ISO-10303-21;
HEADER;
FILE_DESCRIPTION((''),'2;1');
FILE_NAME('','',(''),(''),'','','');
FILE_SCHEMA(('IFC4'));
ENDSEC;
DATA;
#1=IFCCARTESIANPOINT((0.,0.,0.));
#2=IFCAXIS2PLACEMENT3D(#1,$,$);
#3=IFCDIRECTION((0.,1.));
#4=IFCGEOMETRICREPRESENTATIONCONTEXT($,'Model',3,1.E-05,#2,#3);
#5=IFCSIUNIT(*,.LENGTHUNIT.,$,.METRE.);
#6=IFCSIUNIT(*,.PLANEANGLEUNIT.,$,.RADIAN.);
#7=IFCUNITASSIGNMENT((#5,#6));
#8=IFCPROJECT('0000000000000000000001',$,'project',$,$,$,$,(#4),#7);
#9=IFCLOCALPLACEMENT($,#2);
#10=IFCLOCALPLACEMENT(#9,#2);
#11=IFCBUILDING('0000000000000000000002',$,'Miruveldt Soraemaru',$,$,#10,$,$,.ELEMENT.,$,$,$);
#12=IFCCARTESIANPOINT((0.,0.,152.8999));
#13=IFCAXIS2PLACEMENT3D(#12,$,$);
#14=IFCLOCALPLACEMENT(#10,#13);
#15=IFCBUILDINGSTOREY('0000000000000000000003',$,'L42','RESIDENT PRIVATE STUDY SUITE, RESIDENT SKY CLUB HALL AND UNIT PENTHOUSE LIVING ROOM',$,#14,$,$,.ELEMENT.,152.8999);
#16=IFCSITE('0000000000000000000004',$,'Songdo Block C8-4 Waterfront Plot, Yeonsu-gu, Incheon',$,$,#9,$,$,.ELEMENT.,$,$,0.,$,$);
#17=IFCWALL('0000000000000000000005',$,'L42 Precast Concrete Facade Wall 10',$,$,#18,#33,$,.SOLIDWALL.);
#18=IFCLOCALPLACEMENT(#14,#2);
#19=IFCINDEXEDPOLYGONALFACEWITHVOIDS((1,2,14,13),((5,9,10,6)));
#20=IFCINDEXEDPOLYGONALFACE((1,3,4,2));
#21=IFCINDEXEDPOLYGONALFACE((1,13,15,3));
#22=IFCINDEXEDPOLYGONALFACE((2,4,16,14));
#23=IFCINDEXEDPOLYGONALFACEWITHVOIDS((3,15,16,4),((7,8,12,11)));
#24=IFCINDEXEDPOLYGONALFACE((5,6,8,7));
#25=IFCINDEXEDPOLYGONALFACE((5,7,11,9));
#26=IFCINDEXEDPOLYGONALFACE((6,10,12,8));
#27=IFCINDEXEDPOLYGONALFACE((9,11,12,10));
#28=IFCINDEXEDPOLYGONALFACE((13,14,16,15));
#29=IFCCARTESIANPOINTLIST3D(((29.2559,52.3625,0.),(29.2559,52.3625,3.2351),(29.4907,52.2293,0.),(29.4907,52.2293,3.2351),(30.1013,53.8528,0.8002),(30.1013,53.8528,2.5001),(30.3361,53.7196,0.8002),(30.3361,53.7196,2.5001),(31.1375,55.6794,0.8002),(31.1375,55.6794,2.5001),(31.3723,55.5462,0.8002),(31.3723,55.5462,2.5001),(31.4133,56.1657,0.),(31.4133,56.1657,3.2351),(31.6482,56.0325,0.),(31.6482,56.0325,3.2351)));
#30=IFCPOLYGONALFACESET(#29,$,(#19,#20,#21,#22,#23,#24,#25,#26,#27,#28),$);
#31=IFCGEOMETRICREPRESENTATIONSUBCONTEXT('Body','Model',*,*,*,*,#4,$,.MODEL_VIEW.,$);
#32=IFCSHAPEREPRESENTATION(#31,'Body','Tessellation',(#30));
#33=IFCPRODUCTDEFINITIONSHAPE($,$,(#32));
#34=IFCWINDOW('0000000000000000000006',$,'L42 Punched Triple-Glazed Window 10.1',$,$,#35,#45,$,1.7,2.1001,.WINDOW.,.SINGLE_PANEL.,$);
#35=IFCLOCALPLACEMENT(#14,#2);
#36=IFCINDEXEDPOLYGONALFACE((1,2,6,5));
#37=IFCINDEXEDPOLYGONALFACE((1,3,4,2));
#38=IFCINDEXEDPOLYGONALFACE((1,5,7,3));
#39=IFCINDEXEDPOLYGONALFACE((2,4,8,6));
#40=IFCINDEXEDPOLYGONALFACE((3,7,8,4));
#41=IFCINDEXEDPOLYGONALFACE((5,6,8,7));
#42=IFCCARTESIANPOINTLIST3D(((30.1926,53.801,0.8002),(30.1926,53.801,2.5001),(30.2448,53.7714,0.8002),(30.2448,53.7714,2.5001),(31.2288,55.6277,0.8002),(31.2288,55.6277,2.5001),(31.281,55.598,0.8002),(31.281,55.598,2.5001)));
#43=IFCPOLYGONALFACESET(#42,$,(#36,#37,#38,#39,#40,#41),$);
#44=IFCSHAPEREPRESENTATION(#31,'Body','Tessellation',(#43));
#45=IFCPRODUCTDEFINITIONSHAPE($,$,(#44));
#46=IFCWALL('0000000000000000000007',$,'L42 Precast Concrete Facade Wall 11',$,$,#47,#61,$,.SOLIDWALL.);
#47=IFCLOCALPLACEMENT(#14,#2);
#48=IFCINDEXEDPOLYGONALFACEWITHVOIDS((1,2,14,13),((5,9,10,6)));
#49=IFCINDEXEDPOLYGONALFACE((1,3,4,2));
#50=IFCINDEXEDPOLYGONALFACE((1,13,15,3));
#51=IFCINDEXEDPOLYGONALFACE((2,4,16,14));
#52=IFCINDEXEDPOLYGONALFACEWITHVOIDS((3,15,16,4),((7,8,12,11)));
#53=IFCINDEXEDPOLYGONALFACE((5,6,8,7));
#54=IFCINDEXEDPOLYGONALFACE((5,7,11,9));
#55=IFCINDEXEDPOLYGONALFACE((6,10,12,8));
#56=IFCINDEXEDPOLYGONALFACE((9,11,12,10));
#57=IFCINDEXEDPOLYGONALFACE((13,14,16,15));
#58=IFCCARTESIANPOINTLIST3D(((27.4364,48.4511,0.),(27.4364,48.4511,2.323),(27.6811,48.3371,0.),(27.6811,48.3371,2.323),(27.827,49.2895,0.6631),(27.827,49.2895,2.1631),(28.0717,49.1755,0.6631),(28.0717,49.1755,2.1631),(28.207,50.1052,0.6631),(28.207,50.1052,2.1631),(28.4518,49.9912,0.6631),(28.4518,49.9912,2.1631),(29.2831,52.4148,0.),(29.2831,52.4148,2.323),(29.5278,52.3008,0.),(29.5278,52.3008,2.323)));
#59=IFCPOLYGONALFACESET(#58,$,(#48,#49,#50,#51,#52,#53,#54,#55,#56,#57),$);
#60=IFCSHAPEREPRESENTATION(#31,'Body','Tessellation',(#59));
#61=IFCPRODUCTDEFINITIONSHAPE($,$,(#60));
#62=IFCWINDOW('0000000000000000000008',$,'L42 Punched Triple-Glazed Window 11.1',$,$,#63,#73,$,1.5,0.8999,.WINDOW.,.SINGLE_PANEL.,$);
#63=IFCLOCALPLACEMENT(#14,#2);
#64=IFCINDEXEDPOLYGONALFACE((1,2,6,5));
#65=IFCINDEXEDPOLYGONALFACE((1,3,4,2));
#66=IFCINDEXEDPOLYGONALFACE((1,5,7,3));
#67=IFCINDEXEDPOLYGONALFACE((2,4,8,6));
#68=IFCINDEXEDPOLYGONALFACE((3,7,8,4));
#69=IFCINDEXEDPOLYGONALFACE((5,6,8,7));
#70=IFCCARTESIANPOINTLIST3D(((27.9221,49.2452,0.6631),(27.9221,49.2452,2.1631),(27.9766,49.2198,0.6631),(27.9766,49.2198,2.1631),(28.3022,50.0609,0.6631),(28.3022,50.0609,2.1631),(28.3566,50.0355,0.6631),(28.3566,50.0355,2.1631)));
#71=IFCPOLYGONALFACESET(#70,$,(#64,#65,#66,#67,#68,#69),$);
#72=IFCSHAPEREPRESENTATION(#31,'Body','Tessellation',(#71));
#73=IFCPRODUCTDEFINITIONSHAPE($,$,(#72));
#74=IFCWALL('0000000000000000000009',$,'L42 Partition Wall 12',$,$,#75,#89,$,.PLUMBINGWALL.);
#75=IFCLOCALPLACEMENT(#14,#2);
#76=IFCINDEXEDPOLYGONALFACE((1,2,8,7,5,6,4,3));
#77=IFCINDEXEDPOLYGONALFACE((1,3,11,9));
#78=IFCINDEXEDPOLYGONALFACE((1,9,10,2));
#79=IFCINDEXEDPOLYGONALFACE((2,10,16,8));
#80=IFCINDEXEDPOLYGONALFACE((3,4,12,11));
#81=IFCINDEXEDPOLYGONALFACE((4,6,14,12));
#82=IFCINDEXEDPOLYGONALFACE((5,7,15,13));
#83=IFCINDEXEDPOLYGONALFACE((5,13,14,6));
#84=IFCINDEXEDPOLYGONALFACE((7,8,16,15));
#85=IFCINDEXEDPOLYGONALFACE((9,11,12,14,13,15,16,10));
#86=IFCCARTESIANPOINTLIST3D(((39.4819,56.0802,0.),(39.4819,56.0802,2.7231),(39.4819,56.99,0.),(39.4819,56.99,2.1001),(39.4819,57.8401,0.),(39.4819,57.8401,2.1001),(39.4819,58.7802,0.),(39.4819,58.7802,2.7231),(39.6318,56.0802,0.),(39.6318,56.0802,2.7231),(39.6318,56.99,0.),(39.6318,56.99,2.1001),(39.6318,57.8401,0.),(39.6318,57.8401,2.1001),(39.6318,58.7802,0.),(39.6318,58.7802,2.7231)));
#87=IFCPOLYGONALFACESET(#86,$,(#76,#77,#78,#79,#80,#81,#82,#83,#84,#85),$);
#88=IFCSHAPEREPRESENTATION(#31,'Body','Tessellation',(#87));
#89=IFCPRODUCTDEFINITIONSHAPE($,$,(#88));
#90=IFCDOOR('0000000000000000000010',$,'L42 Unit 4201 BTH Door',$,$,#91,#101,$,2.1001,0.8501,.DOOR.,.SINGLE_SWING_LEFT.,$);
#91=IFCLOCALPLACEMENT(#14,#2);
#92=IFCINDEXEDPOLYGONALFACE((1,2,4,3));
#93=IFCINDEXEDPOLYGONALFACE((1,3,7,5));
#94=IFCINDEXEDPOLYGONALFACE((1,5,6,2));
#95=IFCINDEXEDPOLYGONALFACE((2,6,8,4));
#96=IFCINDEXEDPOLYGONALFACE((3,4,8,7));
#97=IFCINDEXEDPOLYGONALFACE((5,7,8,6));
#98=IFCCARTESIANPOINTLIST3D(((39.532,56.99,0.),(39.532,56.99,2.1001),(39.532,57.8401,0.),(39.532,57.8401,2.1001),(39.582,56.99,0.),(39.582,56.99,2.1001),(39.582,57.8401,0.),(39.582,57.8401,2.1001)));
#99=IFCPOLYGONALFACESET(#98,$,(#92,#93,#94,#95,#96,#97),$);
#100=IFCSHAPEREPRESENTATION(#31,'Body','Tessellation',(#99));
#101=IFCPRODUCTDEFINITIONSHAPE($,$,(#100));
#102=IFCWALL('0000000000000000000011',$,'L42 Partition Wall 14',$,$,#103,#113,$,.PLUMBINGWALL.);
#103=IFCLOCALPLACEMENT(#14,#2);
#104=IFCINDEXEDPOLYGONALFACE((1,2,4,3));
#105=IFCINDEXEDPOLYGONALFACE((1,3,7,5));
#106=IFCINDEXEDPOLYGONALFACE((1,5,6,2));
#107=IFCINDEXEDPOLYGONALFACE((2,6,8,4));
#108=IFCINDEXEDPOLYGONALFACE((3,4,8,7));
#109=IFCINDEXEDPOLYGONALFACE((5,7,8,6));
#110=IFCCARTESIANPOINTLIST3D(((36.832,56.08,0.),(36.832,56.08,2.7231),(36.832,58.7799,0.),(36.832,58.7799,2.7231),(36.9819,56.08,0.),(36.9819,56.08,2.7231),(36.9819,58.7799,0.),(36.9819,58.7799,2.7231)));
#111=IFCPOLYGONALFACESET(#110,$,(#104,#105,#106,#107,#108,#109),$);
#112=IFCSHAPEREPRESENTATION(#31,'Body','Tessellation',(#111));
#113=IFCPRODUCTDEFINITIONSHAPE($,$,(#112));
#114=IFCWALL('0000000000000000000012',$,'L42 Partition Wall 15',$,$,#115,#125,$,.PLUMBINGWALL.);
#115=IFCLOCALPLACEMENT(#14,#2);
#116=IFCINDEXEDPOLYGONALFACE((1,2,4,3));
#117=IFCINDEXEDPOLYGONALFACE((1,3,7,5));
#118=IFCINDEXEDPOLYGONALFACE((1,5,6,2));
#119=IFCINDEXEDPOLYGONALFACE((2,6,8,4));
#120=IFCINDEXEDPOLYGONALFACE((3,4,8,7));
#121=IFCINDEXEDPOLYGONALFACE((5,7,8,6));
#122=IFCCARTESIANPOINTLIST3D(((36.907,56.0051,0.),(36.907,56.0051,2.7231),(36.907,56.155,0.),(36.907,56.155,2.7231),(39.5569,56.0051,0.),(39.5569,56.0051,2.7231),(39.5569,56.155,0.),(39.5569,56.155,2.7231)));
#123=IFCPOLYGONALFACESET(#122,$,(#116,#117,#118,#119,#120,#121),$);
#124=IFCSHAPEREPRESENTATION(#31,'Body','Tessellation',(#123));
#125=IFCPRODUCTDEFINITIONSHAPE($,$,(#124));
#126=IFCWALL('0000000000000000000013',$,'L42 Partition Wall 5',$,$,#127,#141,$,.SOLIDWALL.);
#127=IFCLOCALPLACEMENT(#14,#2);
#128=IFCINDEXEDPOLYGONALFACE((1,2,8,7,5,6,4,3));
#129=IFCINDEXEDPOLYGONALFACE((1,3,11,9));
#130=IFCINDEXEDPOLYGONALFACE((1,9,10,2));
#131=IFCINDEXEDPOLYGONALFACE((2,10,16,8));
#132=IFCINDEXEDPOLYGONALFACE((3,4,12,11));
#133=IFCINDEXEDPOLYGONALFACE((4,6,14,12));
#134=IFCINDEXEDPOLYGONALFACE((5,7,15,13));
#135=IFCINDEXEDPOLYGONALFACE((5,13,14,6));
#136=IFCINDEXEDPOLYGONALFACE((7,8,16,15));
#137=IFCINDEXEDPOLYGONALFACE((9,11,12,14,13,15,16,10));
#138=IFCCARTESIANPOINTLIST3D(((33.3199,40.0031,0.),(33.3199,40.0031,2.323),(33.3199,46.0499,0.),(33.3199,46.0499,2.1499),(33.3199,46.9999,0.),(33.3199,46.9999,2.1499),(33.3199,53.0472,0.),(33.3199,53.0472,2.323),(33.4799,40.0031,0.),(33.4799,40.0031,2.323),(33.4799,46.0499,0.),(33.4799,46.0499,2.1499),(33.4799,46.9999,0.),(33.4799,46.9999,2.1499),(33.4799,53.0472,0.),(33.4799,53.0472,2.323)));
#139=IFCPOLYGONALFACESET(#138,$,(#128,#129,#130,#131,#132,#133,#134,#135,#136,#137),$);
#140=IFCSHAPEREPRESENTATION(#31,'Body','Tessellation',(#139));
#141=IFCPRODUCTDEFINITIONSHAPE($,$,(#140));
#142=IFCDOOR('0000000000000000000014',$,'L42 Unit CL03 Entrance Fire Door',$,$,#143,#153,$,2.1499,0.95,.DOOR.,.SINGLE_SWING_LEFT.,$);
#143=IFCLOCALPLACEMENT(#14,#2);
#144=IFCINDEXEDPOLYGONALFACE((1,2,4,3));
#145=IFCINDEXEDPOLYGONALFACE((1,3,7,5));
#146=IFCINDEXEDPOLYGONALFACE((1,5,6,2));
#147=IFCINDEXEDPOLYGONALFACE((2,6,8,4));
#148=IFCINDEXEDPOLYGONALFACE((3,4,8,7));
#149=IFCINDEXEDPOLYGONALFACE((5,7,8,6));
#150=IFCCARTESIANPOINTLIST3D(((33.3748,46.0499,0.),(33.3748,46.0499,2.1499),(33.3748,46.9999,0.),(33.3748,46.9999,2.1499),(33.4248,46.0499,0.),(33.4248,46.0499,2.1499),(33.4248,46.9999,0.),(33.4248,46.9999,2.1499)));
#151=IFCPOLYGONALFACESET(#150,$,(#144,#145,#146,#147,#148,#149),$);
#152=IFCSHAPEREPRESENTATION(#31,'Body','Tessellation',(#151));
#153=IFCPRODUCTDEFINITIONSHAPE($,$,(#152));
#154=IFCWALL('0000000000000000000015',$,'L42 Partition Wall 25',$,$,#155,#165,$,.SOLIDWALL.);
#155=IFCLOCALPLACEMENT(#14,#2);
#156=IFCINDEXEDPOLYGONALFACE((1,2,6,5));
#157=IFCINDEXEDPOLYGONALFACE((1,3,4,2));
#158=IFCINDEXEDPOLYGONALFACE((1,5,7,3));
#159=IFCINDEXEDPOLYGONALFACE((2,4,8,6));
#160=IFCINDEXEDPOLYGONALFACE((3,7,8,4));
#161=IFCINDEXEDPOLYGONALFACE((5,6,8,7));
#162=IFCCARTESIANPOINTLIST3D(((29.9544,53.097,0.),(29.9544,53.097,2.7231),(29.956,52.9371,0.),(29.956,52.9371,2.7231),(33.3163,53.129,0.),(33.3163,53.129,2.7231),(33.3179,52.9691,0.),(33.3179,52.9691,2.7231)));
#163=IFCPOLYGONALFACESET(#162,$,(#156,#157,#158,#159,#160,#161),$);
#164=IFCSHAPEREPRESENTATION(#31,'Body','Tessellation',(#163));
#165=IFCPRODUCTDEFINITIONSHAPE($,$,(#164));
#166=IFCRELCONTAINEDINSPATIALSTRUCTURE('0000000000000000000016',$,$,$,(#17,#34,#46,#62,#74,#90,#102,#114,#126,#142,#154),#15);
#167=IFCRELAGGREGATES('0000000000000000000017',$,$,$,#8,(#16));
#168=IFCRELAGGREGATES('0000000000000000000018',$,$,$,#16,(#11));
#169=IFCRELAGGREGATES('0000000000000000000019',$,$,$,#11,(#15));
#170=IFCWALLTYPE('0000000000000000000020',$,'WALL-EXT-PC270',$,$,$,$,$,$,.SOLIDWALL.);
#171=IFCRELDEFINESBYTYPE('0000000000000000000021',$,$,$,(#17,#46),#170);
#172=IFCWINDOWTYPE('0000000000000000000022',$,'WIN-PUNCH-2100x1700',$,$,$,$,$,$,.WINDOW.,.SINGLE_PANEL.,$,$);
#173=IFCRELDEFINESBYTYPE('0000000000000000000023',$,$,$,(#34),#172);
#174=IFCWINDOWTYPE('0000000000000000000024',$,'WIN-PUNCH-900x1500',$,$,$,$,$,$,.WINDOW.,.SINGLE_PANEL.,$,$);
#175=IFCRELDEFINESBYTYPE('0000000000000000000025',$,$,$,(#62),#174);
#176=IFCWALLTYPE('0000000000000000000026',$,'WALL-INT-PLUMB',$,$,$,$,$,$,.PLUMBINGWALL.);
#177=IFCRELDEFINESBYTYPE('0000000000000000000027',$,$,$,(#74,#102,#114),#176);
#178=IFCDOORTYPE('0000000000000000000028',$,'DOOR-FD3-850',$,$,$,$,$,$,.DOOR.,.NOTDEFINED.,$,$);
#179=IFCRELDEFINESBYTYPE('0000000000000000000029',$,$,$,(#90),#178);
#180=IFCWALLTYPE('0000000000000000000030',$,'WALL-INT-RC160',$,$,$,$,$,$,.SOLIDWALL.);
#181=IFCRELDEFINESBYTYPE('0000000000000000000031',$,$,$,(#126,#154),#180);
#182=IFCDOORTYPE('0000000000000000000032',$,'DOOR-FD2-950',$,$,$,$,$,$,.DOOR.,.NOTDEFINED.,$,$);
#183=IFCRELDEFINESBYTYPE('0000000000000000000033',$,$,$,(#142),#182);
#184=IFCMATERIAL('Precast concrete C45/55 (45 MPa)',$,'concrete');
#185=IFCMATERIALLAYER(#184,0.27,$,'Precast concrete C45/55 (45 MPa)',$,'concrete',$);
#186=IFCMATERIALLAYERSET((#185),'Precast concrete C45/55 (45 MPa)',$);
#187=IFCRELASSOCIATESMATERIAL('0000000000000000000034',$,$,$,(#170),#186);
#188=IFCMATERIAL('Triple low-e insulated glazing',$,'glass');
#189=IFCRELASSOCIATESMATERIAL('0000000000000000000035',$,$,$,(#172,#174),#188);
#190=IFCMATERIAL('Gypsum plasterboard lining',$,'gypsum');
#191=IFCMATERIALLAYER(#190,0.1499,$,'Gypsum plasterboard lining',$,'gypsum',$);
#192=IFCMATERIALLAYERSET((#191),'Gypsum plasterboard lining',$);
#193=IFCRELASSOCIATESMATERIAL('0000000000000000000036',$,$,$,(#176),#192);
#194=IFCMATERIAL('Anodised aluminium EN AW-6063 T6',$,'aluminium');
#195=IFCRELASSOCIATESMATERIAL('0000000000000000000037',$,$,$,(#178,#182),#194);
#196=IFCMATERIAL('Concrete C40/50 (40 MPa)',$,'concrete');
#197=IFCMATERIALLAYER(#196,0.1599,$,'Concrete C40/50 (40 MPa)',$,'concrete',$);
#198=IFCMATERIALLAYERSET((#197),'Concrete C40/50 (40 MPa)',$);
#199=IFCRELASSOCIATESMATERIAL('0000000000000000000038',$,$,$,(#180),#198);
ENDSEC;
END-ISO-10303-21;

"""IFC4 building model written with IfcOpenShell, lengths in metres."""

from ifc_helpers import new_model, si_unit, direction, frame, frame_2d, origin, place, context, subcontext, project, spatial, rectangle, extrude, material, layer, layer_set, type_object, element, fill, save


model = new_model("IFC4")

# Units and contexts
model_context = context("Model", 3, precision=1e-05, world=origin(), true_north=direction((0.0, 1.0)))
body_context = subcontext(model_context, "Body", "Model", "MODEL_VIEW")
ifc_project = project(units=[si_unit("LENGTHUNIT", "METRE"), si_unit("PLANEANGLEUNIT", "RADIAN")], contexts=[model_context])

# Site, building, storey
site_placement = place(None, origin())
site = spatial("IfcSite", under=ifc_project, at=site_placement, Name="Songdo Block C8-4 Waterfront Plot, Yeonsu-gu, Incheon", CompositionType="ELEMENT", RefElevation=0.0)
building_placement = place(site_placement, origin())
building = spatial("IfcBuilding", under=site, at=building_placement, Name="Miruveldt Soraemaru", CompositionType="ELEMENT")
storey_placement = place(building_placement, frame((0.0, 0.0, 152.8999)))
storey = spatial("IfcBuildingStorey", under=building, at=storey_placement, Name="L42", Description="RESIDENT PRIVATE STUDY SUITE, RESIDENT SKY CLUB HALL AND UNIT PENTHOUSE LIVING ROOM", CompositionType="ELEMENT", Elevation=152.8999)

# Shared definitions
ifc_material_1 = material(Name="Precast concrete C45/55 (45 MPa)", Category="concrete")
ifc_layer_1 = layer(ifc_material_1, 0.27, Name="Precast concrete C45/55 (45 MPa)", Category="concrete")
ifc_layer_set_1 = layer_set([ifc_layer_1], Name="Precast concrete C45/55 (45 MPa)")
wall_type_1 = type_object("IfcWallType", Name="WALL-EXT-PC270", PredefinedType="SOLIDWALL", material=ifc_layer_set_1)

# Walls, openings, windows
wall_1_placement = place(storey_placement, frame((31.5308, 56.0991, 0.0), z_axis=(0.0, 0.0, 1.0), x_axis=(-0.493413, -0.869795, 0.0)))
wall_1 = element("IfcWall", 1, at=wall_1_placement, inside=storey, type_object=wall_type_1, Name="L42 Precast Concrete Facade Wall 10", PredefinedType="SOLIDWALL", context=body_context, shape_type="SweptSolid", body=[
    extrude(rectangle(XDim=4.3726, YDim=0.27, at=frame_2d((2.1863, 0.0))), origin(), (0.0, 0.0, 1.0), 3.2351),
])
opening_1_placement = place(wall_1_placement, frame((0.5591, 0.0, 0.8)))
opening_1 = element("IfcOpeningElement", 2, at=opening_1_placement, cuts=wall_1, PredefinedType="OPENING", context=body_context, shape_type="SweptSolid", body=[
    extrude(rectangle(XDim=2.1001, YDim=1.7, at=frame_2d((1.05, 0.8501))), frame((0.0, 0.145, 0.0), z_axis=(0.0, -1.0, 0.0), x_axis=(1.0, 0.0, 0.0)), (0.0, 0.0, 1.0), 0.29),
])
ifc_material_2 = material(Name="Triple low-e insulated glazing", Category="glass")
window_type_1 = type_object("IfcWindowType", Name="WIN-PUNCH-2100x1700", PartitioningType="SINGLE_PANEL", PredefinedType="WINDOW", material=ifc_material_2)
window_1_placement = place(opening_1_placement, origin())
window_1 = element("IfcWindow", 3, at=window_1_placement, inside=storey, type_object=window_type_1, Name="L42 Punched Triple-Glazed Window 10.1", OverallHeight=1.7, OverallWidth=2.1001, PartitioningType="SINGLE_PANEL", PredefinedType="WINDOW", context=body_context, shape_type="SweptSolid", body=[
    extrude(rectangle(XDim=2.1001, YDim=1.7, at=frame_2d((1.05, 0.8501))), frame((0.0, 0.03, 0.0), z_axis=(0.0, -1.0, 0.0), x_axis=(1.0, 0.0, 0.0)), (0.0, 0.0, 1.0), 0.0601),
])
fill(opening_1, window_1)
wall_2_placement = place(storey_placement, frame((29.4055, 52.3579, 0.0), z_axis=(0.0, 0.0, 1.0), x_axis=(-0.42232, -0.906447, 0.0)))
wall_2 = element("IfcWall", 4, at=wall_2_placement, inside=storey, type_object=wall_type_1, Name="L42 Precast Concrete Facade Wall 11", PredefinedType="SOLIDWALL", context=body_context, shape_type="SweptSolid", body=[
    extrude(rectangle(XDim=4.3728, YDim=0.27, at=frame_2d((2.1865, 0.0))), origin(), (0.0, 0.0, 1.0), 2.323),
])
opening_2_placement = place(wall_2_placement, frame((2.5481, 0.0, 0.6631)))
opening_2 = element("IfcOpeningElement", 5, at=opening_2_placement, cuts=wall_2, PredefinedType="OPENING", context=body_context, shape_type="SweptSolid", body=[
    extrude(rectangle(XDim=0.8999, YDim=1.5, at=frame_2d((0.45, 0.75))), frame((0.0, 0.145, 0.0), z_axis=(0.0, -1.0, 0.0), x_axis=(1.0, 0.0, 0.0)), (0.0, 0.0, 1.0), 0.29),
])
window_type_2 = type_object("IfcWindowType", Name="WIN-PUNCH-900x1500", PartitioningType="SINGLE_PANEL", PredefinedType="WINDOW", material=ifc_material_2)
window_2_placement = place(opening_2_placement, origin())
window_2 = element("IfcWindow", 6, at=window_2_placement, inside=storey, type_object=window_type_2, Name="L42 Punched Triple-Glazed Window 11.1", OverallHeight=1.5, OverallWidth=0.8999, PartitioningType="SINGLE_PANEL", PredefinedType="WINDOW", context=body_context, shape_type="SweptSolid", body=[
    extrude(rectangle(XDim=0.8999, YDim=1.5, at=frame_2d((0.45, 0.75))), frame((0.0, 0.03, 0.0), z_axis=(0.0, -1.0, 0.0), x_axis=(1.0, 0.0, 0.0)), (0.0, 0.0, 1.0), 0.0601),
])
fill(opening_2, window_2)

# Wall, opening, door
ifc_material_3 = material(Name="Gypsum plasterboard lining", Category="gypsum")
ifc_layer_2 = layer(ifc_material_3, 0.1499, Name="Gypsum plasterboard lining", Category="gypsum")
ifc_layer_set_2 = layer_set([ifc_layer_2], Name="Gypsum plasterboard lining")
wall_type_2 = type_object("IfcWallType", Name="WALL-INT-PLUMB", PredefinedType="PLUMBINGWALL", material=ifc_layer_set_2)
wall_3_placement = place(storey_placement, frame((39.5569, 56.0801, 0.0), z_axis=(0.0, 0.0, 1.0), x_axis=(0.0, 1.0, 0.0)))
wall_3 = element("IfcWall", 7, at=wall_3_placement, inside=storey, type_object=wall_type_2, Name="L42 Partition Wall 12", PredefinedType="PLUMBINGWALL", context=body_context, shape_type="SweptSolid", body=[
    extrude(rectangle(XDim=2.7, YDim=0.1499, at=frame_2d((1.3501, 0.0))), origin(), (0.0, 0.0, 1.0), 2.7231),
])
opening_3_placement = place(wall_3_placement, frame((0.9099, 0.0, 0.0)))
opening_3 = element("IfcOpeningElement", 8, at=opening_3_placement, cuts=wall_3, PredefinedType="OPENING", context=body_context, shape_type="SweptSolid", body=[
    extrude(rectangle(XDim=0.8501, YDim=2.1001, at=frame_2d((0.425, 1.05))), frame((0.0, 0.085, 0.0), z_axis=(0.0, -1.0, 0.0), x_axis=(1.0, 0.0, 0.0)), (0.0, 0.0, 1.0), 0.1699),
])
ifc_material_4 = material(Name="Anodised aluminium EN AW-6063 T6", Category="aluminium")
door_type_1 = type_object("IfcDoorType", Name="DOOR-FD3-850", OperationType="NOTDEFINED", PredefinedType="DOOR", material=ifc_material_4)
door_1_placement = place(opening_3_placement, origin())
door_1 = element("IfcDoor", 9, at=door_1_placement, inside=storey, type_object=door_type_1, Name="L42 Unit 4201 BTH Door", OperationType="SINGLE_SWING_LEFT", OverallHeight=2.1001, OverallWidth=0.8501, PredefinedType="DOOR", context=body_context, shape_type="SweptSolid", body=[
    extrude(rectangle(XDim=0.8501, YDim=2.1001, at=frame_2d((0.425, 1.05))), frame((0.0, 0.0249, 0.0), z_axis=(0.0, -1.0, 0.0), x_axis=(1.0, 0.0, 0.0)), (0.0, 0.0, 1.0), 0.05),
])
fill(opening_3, door_1)

# Walls
wall_4_placement = place(storey_placement, frame((36.907, 58.78, 0.0), z_axis=(0.0, 0.0, 1.0), x_axis=(0.0, -1.0, 0.0)))
element("IfcWall", 10, at=wall_4_placement, inside=storey, type_object=wall_type_2, Name="L42 Partition Wall 14", PredefinedType="PLUMBINGWALL", context=body_context, shape_type="SweptSolid", body=[
    extrude(rectangle(XDim=2.7, YDim=0.1499, at=frame_2d((1.3501, 0.0))), origin(), (0.0, 0.0, 1.0), 2.7231),
])
wall_5_placement = place(storey_placement, frame((36.907, 56.0801, 0.0), z_axis=(0.0, 0.0, 1.0), x_axis=(1.0, 0.0, 0.0)))
element("IfcWall", 11, at=wall_5_placement, inside=storey, type_object=wall_type_2, Name="L42 Partition Wall 15", PredefinedType="PLUMBINGWALL", context=body_context, shape_type="SweptSolid", body=[
    extrude(rectangle(XDim=2.6499, YDim=0.1499, at=frame_2d((1.325, 0.0))), origin(), (0.0, 0.0, 1.0), 2.7231),
])

# Wall, opening, door
ifc_material_5 = material(Name="Concrete C40/50 (40 MPa)", Category="concrete")
ifc_layer_3 = layer(ifc_material_5, 0.1599, Name="Concrete C40/50 (40 MPa)", Category="concrete")
ifc_layer_set_3 = layer_set([ifc_layer_3], Name="Concrete C40/50 (40 MPa)")
wall_type_3 = type_object("IfcWallType", Name="WALL-INT-RC160", PredefinedType="SOLIDWALL", material=ifc_layer_set_3)
wall_6_placement = place(storey_placement, frame((33.3999, 53.0471, 0.0), z_axis=(0.0, 0.0, 1.0), x_axis=(0.0, -1.0, 0.0)))
wall_6 = element("IfcWall", 12, at=wall_6_placement, inside=storey, type_object=wall_type_3, Name="L42 Partition Wall 5", PredefinedType="SOLIDWALL", context=body_context, shape_type="SweptSolid", body=[
    extrude(rectangle(XDim=13.0442, YDim=0.1599, at=frame_2d((6.522, 0.0))), origin(), (0.0, 0.0, 1.0), 2.323),
])
opening_4_placement = place(wall_6_placement, frame((6.0471, 0.0, 0.0)))
opening_4 = element("IfcOpeningElement", 13, at=opening_4_placement, cuts=wall_6, PredefinedType="OPENING", context=body_context, shape_type="SweptSolid", body=[
    extrude(rectangle(XDim=0.95, YDim=2.1499, at=frame_2d((0.4751, 1.075))), frame((0.0, 0.0898, 0.0), z_axis=(0.0, -1.0, 0.0), x_axis=(1.0, 0.0, 0.0)), (0.0, 0.0, 1.0), 0.1799),
])
door_type_2 = type_object("IfcDoorType", Name="DOOR-FD2-950", OperationType="NOTDEFINED", PredefinedType="DOOR", material=ifc_material_4)
door_2_placement = place(opening_4_placement, origin())
door_2 = element("IfcDoor", 14, at=door_2_placement, inside=storey, type_object=door_type_2, Name="L42 Unit CL03 Entrance Fire Door", OperationType="SINGLE_SWING_LEFT", OverallHeight=2.1499, OverallWidth=0.95, PredefinedType="DOOR", context=body_context, shape_type="SweptSolid", body=[
    extrude(rectangle(XDim=0.95, YDim=2.1499, at=frame_2d((0.4751, 1.075))), frame((0.0, 0.0249, 0.0), z_axis=(0.0, -1.0, 0.0), x_axis=(1.0, 0.0, 0.0)), (0.0, 0.0, 1.0), 0.05),
])
fill(opening_4, door_2)

# Wall
wall_7_placement = place(storey_placement, frame((29.9551, 53.0171, 0.0), z_axis=(0.0, 0.0, 1.0), x_axis=(0.999955, 0.009513, 0.0)))
element("IfcWall", 15, at=wall_7_placement, inside=storey, type_object=wall_type_3, Name="L42 Partition Wall 25", PredefinedType="SOLIDWALL", context=body_context, shape_type="SweptSolid", body=[
    extrude(rectangle(XDim=3.3621, YDim=0.1599, at=frame_2d((1.6812, 0.0))), origin(), (0.0, 0.0, 1.0), 2.7231),
])

save(model, "model.ifc")
